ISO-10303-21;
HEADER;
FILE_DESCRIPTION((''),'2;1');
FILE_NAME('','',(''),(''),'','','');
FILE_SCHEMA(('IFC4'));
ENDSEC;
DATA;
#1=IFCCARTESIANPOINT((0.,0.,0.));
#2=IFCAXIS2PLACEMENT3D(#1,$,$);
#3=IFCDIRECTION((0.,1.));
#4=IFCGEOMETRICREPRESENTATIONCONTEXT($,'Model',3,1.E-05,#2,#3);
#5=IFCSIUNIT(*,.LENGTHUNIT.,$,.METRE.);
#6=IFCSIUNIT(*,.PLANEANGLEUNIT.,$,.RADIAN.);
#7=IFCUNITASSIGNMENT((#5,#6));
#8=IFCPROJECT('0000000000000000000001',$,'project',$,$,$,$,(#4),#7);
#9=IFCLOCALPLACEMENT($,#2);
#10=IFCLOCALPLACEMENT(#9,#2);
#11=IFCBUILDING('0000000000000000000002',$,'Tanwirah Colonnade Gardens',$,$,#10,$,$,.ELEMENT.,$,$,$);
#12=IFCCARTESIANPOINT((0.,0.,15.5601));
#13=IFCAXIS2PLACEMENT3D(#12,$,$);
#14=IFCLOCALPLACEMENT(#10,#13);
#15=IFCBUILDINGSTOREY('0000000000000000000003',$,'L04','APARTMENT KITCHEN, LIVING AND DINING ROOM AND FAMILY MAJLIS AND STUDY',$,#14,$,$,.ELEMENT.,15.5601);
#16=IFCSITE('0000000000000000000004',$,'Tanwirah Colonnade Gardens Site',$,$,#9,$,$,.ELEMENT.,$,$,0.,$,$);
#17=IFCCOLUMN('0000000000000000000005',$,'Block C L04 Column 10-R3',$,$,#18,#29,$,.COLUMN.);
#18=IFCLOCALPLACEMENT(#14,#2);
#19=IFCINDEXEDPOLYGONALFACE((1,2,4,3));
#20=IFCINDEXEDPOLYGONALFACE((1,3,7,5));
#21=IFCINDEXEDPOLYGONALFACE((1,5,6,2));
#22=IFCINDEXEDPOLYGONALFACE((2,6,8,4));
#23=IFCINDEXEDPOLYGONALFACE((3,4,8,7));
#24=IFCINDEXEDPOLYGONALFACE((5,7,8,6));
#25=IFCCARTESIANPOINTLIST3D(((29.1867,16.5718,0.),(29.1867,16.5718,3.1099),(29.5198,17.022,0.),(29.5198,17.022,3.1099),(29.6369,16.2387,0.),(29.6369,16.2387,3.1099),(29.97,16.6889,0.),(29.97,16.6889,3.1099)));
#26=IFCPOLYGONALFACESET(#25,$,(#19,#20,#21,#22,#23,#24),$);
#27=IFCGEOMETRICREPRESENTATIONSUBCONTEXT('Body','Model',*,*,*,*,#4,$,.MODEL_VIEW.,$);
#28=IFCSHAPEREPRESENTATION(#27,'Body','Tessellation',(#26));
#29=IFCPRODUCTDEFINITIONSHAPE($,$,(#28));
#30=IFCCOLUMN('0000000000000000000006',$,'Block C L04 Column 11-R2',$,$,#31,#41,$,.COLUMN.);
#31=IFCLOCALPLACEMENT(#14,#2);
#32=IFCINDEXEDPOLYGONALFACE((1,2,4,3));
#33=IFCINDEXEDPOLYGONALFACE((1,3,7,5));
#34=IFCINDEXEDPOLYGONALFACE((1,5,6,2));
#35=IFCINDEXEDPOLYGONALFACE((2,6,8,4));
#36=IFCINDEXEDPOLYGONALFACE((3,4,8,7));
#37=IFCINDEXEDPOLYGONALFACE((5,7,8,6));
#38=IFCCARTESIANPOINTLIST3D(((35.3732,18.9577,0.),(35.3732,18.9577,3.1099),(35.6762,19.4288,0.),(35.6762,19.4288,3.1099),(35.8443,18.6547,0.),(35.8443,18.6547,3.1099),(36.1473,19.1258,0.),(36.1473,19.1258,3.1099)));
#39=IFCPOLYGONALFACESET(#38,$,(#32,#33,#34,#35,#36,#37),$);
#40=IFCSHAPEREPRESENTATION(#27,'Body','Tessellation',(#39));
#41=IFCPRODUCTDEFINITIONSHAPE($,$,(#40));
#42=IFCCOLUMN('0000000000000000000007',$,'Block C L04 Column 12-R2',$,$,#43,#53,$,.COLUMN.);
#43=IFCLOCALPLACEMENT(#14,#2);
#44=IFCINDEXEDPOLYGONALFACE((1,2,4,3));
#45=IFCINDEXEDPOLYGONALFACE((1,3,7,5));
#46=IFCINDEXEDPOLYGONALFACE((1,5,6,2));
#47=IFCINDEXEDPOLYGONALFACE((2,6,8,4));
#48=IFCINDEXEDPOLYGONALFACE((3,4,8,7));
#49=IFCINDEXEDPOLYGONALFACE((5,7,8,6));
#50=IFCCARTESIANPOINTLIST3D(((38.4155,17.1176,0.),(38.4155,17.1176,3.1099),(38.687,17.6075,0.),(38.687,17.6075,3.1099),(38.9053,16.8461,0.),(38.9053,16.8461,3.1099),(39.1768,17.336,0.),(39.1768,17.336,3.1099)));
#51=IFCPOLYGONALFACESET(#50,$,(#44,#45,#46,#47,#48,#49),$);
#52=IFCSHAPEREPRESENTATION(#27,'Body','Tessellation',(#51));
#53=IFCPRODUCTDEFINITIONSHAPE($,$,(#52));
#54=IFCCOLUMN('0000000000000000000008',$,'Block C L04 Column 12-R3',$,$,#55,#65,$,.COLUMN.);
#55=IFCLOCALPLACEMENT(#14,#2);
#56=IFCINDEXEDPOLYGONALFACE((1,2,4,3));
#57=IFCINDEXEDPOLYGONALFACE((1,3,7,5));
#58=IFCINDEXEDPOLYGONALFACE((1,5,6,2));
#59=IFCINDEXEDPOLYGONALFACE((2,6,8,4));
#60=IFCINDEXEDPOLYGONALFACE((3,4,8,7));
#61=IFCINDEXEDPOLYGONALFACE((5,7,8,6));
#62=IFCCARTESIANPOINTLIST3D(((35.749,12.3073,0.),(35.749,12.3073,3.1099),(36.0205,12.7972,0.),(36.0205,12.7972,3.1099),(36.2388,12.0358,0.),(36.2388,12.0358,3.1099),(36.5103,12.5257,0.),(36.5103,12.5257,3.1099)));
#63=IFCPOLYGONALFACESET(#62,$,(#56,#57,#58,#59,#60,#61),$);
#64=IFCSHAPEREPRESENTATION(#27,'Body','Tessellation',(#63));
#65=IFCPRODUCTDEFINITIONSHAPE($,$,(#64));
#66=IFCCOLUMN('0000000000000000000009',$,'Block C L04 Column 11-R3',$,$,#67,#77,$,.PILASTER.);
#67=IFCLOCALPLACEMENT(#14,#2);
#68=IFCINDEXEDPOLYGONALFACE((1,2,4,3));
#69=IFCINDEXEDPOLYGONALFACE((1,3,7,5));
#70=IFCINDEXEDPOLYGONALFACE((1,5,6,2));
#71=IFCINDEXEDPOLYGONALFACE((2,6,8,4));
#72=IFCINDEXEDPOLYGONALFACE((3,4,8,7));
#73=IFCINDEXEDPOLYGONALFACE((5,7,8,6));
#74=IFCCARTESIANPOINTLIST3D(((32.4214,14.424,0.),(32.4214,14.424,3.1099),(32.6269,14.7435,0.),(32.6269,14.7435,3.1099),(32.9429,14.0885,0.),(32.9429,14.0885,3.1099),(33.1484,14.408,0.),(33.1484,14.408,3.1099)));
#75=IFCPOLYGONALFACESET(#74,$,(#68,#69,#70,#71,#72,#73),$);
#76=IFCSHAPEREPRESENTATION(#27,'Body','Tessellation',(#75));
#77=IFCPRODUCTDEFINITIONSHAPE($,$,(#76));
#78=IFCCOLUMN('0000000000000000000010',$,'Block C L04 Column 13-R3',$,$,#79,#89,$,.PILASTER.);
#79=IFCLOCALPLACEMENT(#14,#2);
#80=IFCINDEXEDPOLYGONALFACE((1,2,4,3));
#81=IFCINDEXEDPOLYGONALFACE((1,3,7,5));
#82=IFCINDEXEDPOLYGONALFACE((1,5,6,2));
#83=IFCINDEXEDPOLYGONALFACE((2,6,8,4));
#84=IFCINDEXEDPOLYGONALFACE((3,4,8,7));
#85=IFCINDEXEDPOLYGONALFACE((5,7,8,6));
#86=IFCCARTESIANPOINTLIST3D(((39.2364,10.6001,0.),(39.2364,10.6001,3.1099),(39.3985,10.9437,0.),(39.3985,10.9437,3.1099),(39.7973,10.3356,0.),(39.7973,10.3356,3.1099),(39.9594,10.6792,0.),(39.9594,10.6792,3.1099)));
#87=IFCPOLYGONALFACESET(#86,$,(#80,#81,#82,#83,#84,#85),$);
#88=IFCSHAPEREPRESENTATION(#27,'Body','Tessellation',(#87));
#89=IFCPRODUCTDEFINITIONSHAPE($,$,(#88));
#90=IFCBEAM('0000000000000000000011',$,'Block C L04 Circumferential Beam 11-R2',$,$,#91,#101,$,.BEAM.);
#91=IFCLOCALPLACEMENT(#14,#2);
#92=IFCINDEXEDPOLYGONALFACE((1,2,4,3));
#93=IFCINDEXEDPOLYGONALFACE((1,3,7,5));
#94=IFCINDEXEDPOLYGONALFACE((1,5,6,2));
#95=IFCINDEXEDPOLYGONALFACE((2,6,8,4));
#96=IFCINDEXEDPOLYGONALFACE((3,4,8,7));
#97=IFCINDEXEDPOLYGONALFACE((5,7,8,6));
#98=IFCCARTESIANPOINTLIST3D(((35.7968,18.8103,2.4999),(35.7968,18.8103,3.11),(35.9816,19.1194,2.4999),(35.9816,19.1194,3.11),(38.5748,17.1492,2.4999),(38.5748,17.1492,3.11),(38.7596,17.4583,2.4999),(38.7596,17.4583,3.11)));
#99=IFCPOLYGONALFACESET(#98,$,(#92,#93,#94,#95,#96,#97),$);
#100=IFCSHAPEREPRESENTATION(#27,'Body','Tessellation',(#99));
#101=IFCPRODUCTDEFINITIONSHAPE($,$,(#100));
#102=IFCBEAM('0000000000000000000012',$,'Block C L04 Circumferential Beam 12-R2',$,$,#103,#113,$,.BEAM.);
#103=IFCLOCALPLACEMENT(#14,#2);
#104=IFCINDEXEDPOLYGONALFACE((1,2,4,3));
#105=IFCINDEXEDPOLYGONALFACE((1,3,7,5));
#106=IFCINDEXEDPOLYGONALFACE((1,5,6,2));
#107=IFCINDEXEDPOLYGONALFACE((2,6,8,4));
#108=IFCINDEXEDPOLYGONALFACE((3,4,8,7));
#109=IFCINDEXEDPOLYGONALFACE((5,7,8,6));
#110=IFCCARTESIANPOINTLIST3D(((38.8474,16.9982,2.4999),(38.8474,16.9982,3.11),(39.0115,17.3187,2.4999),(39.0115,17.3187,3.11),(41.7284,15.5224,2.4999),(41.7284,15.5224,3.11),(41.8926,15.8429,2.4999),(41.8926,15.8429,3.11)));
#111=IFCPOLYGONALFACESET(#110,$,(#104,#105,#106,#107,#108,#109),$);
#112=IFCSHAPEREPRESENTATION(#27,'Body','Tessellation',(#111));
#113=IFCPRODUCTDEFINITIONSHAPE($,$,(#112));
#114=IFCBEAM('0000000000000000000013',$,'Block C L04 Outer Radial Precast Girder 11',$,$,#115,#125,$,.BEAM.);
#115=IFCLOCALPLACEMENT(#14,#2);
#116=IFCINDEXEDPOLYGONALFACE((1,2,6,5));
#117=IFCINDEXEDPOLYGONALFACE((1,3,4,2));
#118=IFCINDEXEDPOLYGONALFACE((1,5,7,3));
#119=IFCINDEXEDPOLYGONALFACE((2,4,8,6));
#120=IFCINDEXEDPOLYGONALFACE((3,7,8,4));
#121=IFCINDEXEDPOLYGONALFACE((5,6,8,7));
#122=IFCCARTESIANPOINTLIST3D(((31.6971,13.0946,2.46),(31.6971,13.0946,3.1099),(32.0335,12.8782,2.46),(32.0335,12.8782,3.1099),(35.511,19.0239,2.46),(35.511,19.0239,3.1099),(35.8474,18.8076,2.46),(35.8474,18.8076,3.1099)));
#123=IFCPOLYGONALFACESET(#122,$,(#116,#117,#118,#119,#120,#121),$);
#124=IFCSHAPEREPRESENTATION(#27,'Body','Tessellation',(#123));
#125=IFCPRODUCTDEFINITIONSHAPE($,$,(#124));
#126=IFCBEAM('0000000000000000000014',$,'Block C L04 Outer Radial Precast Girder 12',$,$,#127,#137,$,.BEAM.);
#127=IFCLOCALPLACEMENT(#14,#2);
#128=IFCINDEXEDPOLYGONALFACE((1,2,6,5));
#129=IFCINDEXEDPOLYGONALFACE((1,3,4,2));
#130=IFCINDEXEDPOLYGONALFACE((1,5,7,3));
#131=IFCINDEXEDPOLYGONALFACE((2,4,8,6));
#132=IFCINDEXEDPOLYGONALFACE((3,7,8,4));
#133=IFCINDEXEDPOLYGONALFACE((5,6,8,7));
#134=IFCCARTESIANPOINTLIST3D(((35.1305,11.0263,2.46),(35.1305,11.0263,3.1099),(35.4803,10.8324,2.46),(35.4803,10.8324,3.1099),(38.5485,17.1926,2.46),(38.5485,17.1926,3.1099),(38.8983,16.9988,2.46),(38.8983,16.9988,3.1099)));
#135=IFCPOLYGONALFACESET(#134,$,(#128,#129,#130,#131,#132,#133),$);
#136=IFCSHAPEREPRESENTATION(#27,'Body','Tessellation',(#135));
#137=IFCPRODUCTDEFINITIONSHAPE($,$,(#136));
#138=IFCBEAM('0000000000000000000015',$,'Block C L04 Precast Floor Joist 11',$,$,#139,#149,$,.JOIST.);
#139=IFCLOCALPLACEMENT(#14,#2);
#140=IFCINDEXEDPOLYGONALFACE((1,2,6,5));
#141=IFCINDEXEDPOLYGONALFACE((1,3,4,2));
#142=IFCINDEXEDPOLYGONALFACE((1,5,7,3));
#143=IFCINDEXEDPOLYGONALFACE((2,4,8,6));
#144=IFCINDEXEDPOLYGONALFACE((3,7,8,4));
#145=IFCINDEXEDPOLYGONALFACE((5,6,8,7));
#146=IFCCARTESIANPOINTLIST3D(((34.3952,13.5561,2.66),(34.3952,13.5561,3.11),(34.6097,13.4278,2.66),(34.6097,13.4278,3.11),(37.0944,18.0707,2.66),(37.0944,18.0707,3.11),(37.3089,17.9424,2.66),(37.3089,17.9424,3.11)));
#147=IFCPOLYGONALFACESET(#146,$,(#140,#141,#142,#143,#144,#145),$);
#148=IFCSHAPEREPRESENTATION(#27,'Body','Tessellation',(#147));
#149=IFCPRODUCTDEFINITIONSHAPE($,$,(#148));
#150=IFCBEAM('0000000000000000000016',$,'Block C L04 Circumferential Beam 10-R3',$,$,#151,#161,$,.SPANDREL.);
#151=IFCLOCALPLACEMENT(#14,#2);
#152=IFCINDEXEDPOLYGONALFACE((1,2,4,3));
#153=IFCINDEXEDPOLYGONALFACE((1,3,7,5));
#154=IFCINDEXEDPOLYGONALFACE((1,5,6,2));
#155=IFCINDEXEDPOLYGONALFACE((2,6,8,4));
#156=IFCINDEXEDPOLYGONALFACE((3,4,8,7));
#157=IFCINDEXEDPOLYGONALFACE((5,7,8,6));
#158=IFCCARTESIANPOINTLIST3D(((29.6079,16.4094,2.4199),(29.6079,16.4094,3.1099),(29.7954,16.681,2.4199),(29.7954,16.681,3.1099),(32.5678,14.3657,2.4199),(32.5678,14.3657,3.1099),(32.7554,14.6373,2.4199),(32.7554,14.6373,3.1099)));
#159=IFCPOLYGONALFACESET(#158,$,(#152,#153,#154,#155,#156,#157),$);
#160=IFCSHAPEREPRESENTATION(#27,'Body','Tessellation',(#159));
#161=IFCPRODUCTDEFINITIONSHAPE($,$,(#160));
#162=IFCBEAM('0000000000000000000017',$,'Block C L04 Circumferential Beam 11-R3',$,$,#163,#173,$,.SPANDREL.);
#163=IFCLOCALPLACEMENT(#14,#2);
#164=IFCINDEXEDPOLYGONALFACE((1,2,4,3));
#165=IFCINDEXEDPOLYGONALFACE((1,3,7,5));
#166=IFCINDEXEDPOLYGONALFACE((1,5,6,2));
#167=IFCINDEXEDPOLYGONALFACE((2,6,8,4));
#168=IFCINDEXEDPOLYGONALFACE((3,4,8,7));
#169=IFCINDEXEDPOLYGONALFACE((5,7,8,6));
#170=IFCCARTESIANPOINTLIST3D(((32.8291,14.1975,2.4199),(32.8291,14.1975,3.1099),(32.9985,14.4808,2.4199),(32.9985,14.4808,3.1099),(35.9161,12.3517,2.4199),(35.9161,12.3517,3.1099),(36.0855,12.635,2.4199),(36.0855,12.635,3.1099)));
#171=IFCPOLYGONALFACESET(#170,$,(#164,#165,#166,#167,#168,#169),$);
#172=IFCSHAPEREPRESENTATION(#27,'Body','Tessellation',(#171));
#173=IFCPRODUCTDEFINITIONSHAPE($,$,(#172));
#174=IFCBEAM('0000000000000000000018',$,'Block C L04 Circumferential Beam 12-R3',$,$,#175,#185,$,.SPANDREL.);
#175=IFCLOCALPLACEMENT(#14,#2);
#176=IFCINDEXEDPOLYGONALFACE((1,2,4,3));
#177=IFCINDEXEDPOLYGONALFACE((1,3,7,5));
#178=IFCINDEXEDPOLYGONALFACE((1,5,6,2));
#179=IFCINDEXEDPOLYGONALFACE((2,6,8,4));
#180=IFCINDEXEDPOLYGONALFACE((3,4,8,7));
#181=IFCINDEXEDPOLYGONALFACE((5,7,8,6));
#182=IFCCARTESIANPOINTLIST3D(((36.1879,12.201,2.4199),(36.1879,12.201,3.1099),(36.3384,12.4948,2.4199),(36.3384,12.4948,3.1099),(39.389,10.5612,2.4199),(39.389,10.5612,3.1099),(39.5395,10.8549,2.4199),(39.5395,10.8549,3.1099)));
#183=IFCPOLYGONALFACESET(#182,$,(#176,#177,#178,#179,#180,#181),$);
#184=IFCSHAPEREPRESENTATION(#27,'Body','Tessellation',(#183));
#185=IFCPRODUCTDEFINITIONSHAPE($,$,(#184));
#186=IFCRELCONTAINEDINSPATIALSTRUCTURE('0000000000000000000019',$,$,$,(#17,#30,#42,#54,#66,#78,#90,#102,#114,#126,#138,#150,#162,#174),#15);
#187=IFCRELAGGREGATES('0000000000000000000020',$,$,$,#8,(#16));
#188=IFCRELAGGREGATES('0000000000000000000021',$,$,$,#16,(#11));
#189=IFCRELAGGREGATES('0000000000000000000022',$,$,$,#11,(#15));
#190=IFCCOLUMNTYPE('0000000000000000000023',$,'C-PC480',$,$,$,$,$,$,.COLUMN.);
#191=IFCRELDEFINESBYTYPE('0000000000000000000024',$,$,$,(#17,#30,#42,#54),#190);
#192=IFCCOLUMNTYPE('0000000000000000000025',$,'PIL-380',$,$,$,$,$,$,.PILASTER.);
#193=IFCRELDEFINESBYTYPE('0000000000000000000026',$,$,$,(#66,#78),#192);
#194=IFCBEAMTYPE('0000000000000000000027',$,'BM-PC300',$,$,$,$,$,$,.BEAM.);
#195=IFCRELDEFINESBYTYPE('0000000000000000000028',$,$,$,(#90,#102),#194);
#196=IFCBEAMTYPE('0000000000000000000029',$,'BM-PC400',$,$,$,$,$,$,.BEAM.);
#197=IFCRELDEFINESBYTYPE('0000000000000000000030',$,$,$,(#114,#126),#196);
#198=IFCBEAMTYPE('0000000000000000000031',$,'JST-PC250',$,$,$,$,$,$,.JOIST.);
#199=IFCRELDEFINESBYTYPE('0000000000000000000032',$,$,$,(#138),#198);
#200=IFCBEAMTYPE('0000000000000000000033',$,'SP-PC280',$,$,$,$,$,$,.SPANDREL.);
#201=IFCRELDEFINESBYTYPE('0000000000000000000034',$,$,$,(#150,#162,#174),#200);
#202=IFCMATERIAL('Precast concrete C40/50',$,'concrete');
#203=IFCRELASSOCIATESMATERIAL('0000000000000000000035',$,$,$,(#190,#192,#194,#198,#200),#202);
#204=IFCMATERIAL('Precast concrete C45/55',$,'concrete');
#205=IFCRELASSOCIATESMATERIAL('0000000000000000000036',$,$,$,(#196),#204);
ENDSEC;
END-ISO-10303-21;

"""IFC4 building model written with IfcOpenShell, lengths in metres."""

from ifc_helpers import new_model, si_unit, direction, frame, origin, origin_2d, place, context, subcontext, project, spatial, rectangle, extrude, material, material_profile, profile_set, type_object, element, save


model = new_model("IFC4")

# Units and contexts
model_context = context("Model", 3, precision=1e-05, world=origin(), true_north=direction((0.0, 1.0)))
body_context = subcontext(model_context, "Body", "Model", "MODEL_VIEW")
ifc_project = project(units=[si_unit("LENGTHUNIT", "METRE"), si_unit("PLANEANGLEUNIT", "RADIAN")], contexts=[model_context])

# Site, building, storey
site_placement = place(None, origin())
site = spatial("IfcSite", under=ifc_project, at=site_placement, Name="Tanwirah Colonnade Gardens Site", CompositionType="ELEMENT", RefElevation=0.0)
building_placement = place(site_placement, origin())
building = spatial("IfcBuilding", under=site, at=building_placement, Name="Tanwirah Colonnade Gardens", CompositionType="ELEMENT")
storey_placement = place(building_placement, frame((0.0, 0.0, 15.5601)))
storey = spatial("IfcBuildingStorey", under=building, at=storey_placement, Name="L04", Description="APARTMENT KITCHEN, LIVING AND DINING ROOM AND FAMILY MAJLIS AND STUDY", CompositionType="ELEMENT", Elevation=15.5601)

# Columns
ifc_material_1 = material(Name="Precast concrete C40/50", Category="concrete")
ifc_material_profile_1 = material_profile(ifc_material_1, rectangle(XDim=0.5601, YDim=0.5601, at=origin_2d()), Name="PC-COL 560x560")
ifc_profile_set_1 = profile_set([ifc_material_profile_1], Name="Precast concrete C40/50")
column_type_1 = type_object("IfcColumnType", Name="C-PC480", PredefinedType="COLUMN", material=ifc_profile_set_1)
for number, where, z_axis, x_axis, name in (
    (1, (29.5784, 16.6304, 0.0), (0.0, 0.0, 1.0), (-0.594823, -0.803857, 0.0), "Block C L04 Column 10-R3"),
    (2, (35.7603, 19.0417, 0.0), (0.0, 0.0, 1.0), (-0.540974, -0.841039, 0.0), "Block C L04 Column 11-R2"),
    (3, (38.7961, 17.2268, 0.0), (0.0, 0.0, 1.0), (-0.48481, -0.87462, 0.0), "Block C L04 Column 12-R2"),
    (4, (36.1296, 12.4165, 0.0), (0.0, 0.0, 1.0), (-0.48481, -0.87462, 0.0), "Block C L04 Column 12-R3"),
):
    element("IfcColumn", number, at=place(storey_placement, frame(where, z_axis=z_axis, x_axis=x_axis)), inside=storey, type_object=column_type_1, Name=name, PredefinedType="COLUMN", context=body_context, shape_type="SweptSolid", body=[
        extrude(rectangle(XDim=0.5601, YDim=0.5601, at=origin_2d()), origin(), (0.0, 0.0, 1.0), 3.1099),
    ])
ifc_material_profile_2 = material_profile(ifc_material_1, rectangle(XDim=0.3799, YDim=0.6201, at=origin_2d()), Name="PC-PIL 380x620")
ifc_profile_set_2 = profile_set([ifc_material_profile_2], Name="Precast concrete C40/50")
column_type_2 = type_object("IfcColumnType", Name="PIL-380", PredefinedType="PILASTER", material=ifc_profile_set_2)
for number, where, z_axis, x_axis, name in (
    (5, (32.7849, 14.416, 0.0), (0.0, 0.0, 1.0), (-0.540974, -0.841039, 0.0), "Block C L04 Column 11-R3"),
    (6, (39.5979, 10.6396, 0.0), (0.0, 0.0, 1.0), (-0.426569, -0.904455, 0.0), "Block C L04 Column 13-R3"),
):
    element("IfcColumn", number, at=place(storey_placement, frame(where, z_axis=z_axis, x_axis=x_axis)), inside=storey, type_object=column_type_2, Name=name, PredefinedType="PILASTER", context=body_context, shape_type="SweptSolid", body=[
        extrude(rectangle(XDim=0.3799, YDim=0.6201, at=origin_2d()), origin(), (0.0, 0.0, 1.0), 3.1099),
    ])

# Beams
ifc_material_profile_3 = material_profile(ifc_material_1, rectangle(XDim=0.3601, YDim=0.6101, at=origin_2d()), Name="PC-BM 360x610")
ifc_profile_set_3 = profile_set([ifc_material_profile_3], Name="Precast concrete C40/50")
beam_type_1 = type_object("IfcBeamType", Name="BM-PC300", PredefinedType="BEAM", material=ifc_profile_set_3)
beam_1_placement = place(storey_placement, frame((35.8892, 18.9648, 2.8049), z_axis=(0.858271, -0.513197, 0.0), x_axis=(0.513197, 0.858271, 0.0)))
element("IfcBeam", 7, at=beam_1_placement, inside=storey, type_object=beam_type_1, Name="Block C L04 Circumferential Beam 11-R2", PredefinedType="BEAM", context=body_context, shape_type="SweptSolid", body=[
    extrude(rectangle(XDim=0.3601, YDim=0.6101, at=origin_2d()), origin(), (0.0, 0.0, 1.0), 3.2368),
])
beam_2_placement = place(storey_placement, frame((38.9294, 17.1584, 2.8049), z_axis=(0.890025, -0.455911, 0.0), x_axis=(0.455911, 0.890025, 0.0)))
element("IfcBeam", 8, at=beam_2_placement, inside=storey, type_object=beam_type_1, Name="Block C L04 Circumferential Beam 12-R2", PredefinedType="BEAM", context=body_context, shape_type="SweptSolid", body=[
    extrude(rectangle(XDim=0.3601, YDim=0.6101, at=origin_2d()), origin(), (0.0, 0.0, 1.0), 3.2371),
])
ifc_material_2 = material(Name="Precast concrete C45/55", Category="concrete")
ifc_material_profile_4 = material_profile(ifc_material_2, rectangle(XDim=0.3999, YDim=0.6499, at=origin_2d()), Name="PC-BM 400x650")
ifc_profile_set_4 = profile_set([ifc_material_profile_4], Name="Precast concrete C45/55")
beam_type_2 = type_object("IfcBeamType", Name="BM-PC400", PredefinedType="BEAM", material=ifc_profile_set_4)
beam_3_placement = place(storey_placement, frame((35.6792, 18.9158, 2.7849), z_axis=(-0.540976, -0.841038, 0.0), x_axis=(0.841038, -0.540976, 0.0)))
element("IfcBeam", 9, at=beam_3_placement, inside=storey, type_object=beam_type_2, Name="Block C L04 Outer Radial Precast Girder 11", PredefinedType="BEAM", context=body_context, shape_type="SweptSolid", body=[
    extrude(rectangle(XDim=0.3999, YDim=0.6499, at=origin_2d()), origin(), (0.0, 0.0, 1.0), 7.05),
])
beam_4_placement = place(storey_placement, frame((38.7234, 17.0957, 2.7849), z_axis=(-0.484805, -0.874622, 0.0), x_axis=(0.874622, -0.484805, 0.0)))
element("IfcBeam", 10, at=beam_4_placement, inside=storey, type_object=beam_type_2, Name="Block C L04 Outer Radial Precast Girder 12", PredefinedType="BEAM", context=body_context, shape_type="SweptSolid", body=[
    extrude(rectangle(XDim=0.3999, YDim=0.6499, at=origin_2d()), origin(), (0.0, 0.0, 1.0), 7.0503),
])
ifc_material_profile_5 = material_profile(ifc_material_1, rectangle(XDim=0.25, YDim=0.45, at=origin_2d()), Name="PC-JST 250x450")
ifc_profile_set_5 = profile_set([ifc_material_profile_5], Name="Precast concrete C40/50")
beam_type_3 = type_object("IfcBeamType", Name="JST-PC250", PredefinedType="JOIST", material=ifc_profile_set_5)
beam_5_placement = place(storey_placement, frame((37.2017, 18.0066, 2.885), z_axis=(-0.513157, -0.858295, 0.0), x_axis=(0.858295, -0.513157, 0.0)))
element("IfcBeam", 11, at=beam_5_placement, inside=storey, type_object=beam_type_3, Name="Block C L04 Precast Floor Joist 11", PredefinedType="JOIST", context=body_context, shape_type="SweptSolid", body=[
    extrude(rectangle(XDim=0.25, YDim=0.45, at=origin_2d()), origin(), (0.0, 0.0, 1.0), 5.26),
])
ifc_material_profile_6 = material_profile(ifc_material_1, rectangle(XDim=0.3301, YDim=0.6899, at=origin_2d()), Name="PC-SP 330x690")
ifc_profile_set_6 = profile_set([ifc_material_profile_6], Name="Precast concrete C40/50")
beam_type_4 = type_object("IfcBeamType", Name="SP-PC280", PredefinedType="SPANDREL", material=ifc_profile_set_6)
beam_6_placement = place(storey_placement, frame((29.7017, 16.5452, 2.7649), z_axis=(0.822907, -0.568175, 0.0), x_axis=(0.568175, 0.822907, 0.0)))
element("IfcBeam", 12, at=beam_6_placement, inside=storey, type_object=beam_type_4, Name="Block C L04 Circumferential Beam 10-R3", PredefinedType="SPANDREL", context=body_context, shape_type="SweptSolid", body=[
    extrude(rectangle(XDim=0.3301, YDim=0.6899, at=origin_2d()), origin(), (0.0, 0.0, 1.0), 3.5969),
])
for number, where, z_axis, x_axis, name in (
    (13, (32.9138, 14.3391, 2.7649), (0.858283, -0.513177, 0.0), (0.513177, 0.858283, 0.0), "Block C L04 Circumferential Beam 11-R3"),
    (14, (36.2632, 12.3479, 2.7649), (0.890013, -0.455935, 0.0), (0.455935, 0.890013, 0.0), "Block C L04 Circumferential Beam 12-R3"),
):
    element("IfcBeam", number, at=place(storey_placement, frame(where, z_axis=z_axis, x_axis=x_axis)), inside=storey, type_object=beam_type_4, Name=name, PredefinedType="SPANDREL", context=body_context, shape_type="SweptSolid", body=[
        extrude(rectangle(XDim=0.3301, YDim=0.6899, at=origin_2d()), origin(), (0.0, 0.0, 1.0), 3.5967),
    ])

save(model, "model.ifc")
